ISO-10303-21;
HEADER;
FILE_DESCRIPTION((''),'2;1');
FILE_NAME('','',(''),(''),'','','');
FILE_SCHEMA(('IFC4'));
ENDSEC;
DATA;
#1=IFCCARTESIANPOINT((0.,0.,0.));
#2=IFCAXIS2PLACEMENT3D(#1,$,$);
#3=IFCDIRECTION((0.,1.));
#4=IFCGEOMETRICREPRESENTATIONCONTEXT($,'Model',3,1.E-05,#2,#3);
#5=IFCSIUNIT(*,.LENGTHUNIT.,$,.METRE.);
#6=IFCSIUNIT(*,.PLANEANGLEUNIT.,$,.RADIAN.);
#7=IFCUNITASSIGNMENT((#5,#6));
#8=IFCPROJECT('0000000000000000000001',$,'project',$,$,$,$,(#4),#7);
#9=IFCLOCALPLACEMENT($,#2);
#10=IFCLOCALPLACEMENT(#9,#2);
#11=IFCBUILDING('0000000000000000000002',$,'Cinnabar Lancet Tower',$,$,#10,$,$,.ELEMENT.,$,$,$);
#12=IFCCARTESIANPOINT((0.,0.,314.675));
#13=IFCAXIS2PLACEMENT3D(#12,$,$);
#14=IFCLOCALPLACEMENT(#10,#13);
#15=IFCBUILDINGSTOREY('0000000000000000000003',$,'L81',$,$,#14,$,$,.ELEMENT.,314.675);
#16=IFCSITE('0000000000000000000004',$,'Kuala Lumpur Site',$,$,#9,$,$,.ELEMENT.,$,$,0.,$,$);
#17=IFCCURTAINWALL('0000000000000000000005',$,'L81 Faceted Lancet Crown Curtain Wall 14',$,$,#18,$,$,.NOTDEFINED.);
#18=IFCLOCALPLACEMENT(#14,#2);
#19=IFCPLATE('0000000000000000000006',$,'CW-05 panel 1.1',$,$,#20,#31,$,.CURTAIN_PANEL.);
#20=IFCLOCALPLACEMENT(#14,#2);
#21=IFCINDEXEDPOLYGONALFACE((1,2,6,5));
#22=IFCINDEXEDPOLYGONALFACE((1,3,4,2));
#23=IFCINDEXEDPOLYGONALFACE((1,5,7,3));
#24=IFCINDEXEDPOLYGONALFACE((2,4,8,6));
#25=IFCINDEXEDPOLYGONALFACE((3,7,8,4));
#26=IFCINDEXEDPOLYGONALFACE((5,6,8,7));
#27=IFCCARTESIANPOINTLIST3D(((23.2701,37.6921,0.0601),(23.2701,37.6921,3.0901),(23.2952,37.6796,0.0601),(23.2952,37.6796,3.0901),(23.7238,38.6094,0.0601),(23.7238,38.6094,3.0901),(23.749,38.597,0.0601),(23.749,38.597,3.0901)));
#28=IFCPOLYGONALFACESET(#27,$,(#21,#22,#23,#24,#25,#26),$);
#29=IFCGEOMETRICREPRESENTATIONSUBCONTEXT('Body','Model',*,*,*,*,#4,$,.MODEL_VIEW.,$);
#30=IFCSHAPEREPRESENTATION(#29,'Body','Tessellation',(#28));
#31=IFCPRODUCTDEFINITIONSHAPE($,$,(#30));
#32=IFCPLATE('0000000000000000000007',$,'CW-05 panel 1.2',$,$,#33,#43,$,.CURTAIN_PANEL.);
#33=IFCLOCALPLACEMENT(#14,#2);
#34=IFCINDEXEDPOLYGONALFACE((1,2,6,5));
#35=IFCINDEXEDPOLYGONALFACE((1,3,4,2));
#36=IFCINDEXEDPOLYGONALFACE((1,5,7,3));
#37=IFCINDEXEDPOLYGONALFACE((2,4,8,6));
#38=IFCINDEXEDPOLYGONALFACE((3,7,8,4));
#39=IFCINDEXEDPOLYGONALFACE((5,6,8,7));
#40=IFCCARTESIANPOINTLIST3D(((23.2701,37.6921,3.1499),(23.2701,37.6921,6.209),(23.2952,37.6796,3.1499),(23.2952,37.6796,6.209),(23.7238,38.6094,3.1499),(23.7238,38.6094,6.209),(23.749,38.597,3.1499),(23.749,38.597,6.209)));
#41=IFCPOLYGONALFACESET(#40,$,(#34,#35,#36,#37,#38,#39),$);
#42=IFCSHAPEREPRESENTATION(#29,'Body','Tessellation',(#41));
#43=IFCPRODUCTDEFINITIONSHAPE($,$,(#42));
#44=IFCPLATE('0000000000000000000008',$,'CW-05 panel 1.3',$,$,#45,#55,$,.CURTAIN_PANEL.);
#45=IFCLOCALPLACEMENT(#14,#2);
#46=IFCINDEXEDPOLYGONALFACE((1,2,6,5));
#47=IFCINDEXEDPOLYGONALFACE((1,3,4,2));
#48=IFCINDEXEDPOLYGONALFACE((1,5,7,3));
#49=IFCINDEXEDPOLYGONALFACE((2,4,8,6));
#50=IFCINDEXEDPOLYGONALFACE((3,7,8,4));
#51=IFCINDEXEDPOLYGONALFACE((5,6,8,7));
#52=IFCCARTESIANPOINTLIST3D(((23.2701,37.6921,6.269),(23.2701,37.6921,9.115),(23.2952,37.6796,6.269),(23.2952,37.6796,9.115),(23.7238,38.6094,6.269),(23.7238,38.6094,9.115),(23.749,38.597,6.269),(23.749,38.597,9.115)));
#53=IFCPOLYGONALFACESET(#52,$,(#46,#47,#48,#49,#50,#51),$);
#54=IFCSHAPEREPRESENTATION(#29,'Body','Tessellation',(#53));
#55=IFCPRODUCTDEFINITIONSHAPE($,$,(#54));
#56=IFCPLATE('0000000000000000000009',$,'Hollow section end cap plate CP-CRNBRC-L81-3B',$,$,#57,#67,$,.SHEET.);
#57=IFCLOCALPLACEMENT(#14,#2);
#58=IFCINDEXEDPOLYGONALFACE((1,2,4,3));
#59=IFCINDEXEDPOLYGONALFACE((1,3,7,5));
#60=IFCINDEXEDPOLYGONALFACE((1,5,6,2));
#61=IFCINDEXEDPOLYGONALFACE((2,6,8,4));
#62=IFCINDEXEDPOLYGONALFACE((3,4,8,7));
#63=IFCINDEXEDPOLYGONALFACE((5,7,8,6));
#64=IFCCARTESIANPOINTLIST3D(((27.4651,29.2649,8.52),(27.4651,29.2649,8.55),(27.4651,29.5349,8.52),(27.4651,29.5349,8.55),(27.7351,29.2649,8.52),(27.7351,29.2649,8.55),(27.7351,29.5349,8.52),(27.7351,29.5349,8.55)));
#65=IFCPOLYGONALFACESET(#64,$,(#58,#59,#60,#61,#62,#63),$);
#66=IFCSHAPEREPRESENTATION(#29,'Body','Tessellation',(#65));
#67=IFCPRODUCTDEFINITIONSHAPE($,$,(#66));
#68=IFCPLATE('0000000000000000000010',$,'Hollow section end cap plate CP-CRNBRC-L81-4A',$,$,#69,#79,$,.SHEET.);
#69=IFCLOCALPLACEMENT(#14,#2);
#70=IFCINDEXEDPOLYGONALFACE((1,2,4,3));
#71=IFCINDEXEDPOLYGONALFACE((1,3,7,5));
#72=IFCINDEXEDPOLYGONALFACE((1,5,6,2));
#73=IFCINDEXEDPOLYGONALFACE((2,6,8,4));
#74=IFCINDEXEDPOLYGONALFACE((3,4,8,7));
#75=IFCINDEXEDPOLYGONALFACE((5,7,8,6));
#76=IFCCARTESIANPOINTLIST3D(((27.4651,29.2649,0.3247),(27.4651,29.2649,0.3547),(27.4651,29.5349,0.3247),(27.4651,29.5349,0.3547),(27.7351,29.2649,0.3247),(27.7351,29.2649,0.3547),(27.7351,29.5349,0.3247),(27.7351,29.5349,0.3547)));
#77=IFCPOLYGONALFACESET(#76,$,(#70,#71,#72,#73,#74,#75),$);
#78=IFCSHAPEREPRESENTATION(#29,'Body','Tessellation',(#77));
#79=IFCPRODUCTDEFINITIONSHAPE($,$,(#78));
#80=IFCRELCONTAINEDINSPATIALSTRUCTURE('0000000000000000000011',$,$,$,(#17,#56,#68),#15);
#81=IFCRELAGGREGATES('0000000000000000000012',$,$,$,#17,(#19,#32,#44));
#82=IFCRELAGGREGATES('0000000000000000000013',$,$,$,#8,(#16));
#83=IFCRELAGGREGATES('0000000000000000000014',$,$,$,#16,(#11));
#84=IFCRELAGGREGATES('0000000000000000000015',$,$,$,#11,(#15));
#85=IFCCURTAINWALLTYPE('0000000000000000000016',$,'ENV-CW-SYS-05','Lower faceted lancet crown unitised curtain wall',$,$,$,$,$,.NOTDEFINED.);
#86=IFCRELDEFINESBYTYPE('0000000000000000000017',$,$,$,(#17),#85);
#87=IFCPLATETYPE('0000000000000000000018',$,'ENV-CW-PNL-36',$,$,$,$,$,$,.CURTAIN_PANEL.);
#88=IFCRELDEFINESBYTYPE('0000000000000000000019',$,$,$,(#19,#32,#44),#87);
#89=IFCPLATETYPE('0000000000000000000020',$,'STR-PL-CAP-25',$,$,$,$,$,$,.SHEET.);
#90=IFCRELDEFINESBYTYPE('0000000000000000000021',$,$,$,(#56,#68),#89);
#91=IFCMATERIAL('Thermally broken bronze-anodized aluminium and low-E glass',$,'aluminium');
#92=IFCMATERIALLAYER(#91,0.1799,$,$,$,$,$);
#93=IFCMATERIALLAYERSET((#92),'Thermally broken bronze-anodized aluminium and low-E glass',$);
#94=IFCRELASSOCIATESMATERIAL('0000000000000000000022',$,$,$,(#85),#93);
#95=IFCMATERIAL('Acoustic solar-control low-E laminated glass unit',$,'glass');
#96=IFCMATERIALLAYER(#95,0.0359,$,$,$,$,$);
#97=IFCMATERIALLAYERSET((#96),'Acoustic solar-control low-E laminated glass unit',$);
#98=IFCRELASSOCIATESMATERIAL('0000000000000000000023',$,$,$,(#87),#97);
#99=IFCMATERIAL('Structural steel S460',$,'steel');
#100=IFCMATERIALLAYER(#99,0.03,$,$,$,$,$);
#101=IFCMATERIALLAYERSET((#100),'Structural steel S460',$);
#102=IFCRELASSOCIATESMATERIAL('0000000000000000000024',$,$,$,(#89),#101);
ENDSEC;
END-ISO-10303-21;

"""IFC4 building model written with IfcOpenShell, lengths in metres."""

from ifc_helpers import new_model, si_unit, direction, frame, origin, origin_2d, place, context, subcontext, project, spatial, rectangle, extrude, material, layer, layer_set, type_object, element, aggregate, save


model = new_model("IFC4")

# Units and contexts
model_context = context("Model", 3, precision=1e-05, world=origin(), true_north=direction((0.0, 1.0)))
body_context = subcontext(model_context, "Body", "Model", "MODEL_VIEW")
ifc_project = project(units=[si_unit("LENGTHUNIT", "METRE"), si_unit("PLANEANGLEUNIT", "RADIAN")], contexts=[model_context])

# Site, building, storey
site_placement = place(None, origin())
site = spatial("IfcSite", under=ifc_project, at=site_placement, Name="Kuala Lumpur Site", CompositionType="ELEMENT", RefElevation=0.0)
building_placement = place(site_placement, origin())
building = spatial("IfcBuilding", under=site, at=building_placement, Name="Cinnabar Lancet Tower", CompositionType="ELEMENT")
storey_placement = place(building_placement, frame((0.0, 0.0, 314.675)))
storey = spatial("IfcBuildingStorey", under=building, at=storey_placement, Name="L81", CompositionType="ELEMENT", Elevation=314.675)

# Curtain wall
ifc_material_1 = material(Name="Thermally broken bronze-anodized aluminium and low-E glass", Category="aluminium")
ifc_layer_1 = layer(ifc_material_1, 0.1799)
ifc_layer_set_1 = layer_set([ifc_layer_1], Name="Thermally broken bronze-anodized aluminium and low-E glass")
curtain_wall_type = type_object("IfcCurtainWallType", Name="ENV-CW-SYS-05", Description="Lower faceted lancet crown unitised curtain wall", PredefinedType="NOTDEFINED", material=ifc_layer_set_1)
curtain_wall_1_placement = place(storey_placement, origin())
curtain_wall_1 = element("IfcCurtainWall", 1, at=curtain_wall_1_placement, inside=storey, type_object=curtain_wall_type, Name="L81 Faceted Lancet Crown Curtain Wall 14", PredefinedType="NOTDEFINED")

# Plates
ifc_material_2 = material(Name="Acoustic solar-control low-E laminated glass unit", Category="glass")
ifc_layer_2 = layer(ifc_material_2, 0.0359)
ifc_layer_set_2 = layer_set([ifc_layer_2], Name="Acoustic solar-control low-E laminated glass unit")
plate_type_1 = type_object("IfcPlateType", Name="ENV-CW-PNL-36", PredefinedType="CURTAIN_PANEL", material=ifc_layer_set_2)
plate_1_placement = place(storey_placement, frame((23.5095, 38.1445, 0.0601), z_axis=(0.0, 0.0, 1.0), x_axis=(-0.443362, -0.896343, 0.0)))
plate_1 = element("IfcPlate", 2, at=plate_1_placement, type_object=plate_type_1, Name="CW-05 panel 1.1", PredefinedType="CURTAIN_PANEL", context=body_context, shape_type="SweptSolid", body=[
    extrude(rectangle(XDim=1.0234, YDim=0.0281, at=origin_2d()), origin(), (0.0, 0.0, 1.0), 3.03),
])
plate_2_placement = place(storey_placement, frame((23.5095, 38.1445, 3.1499), z_axis=(0.0, 0.0, 1.0), x_axis=(-0.443362, -0.896343, 0.0)))
plate_2 = element("IfcPlate", 3, at=plate_2_placement, type_object=plate_type_1, Name="CW-05 panel 1.2", PredefinedType="CURTAIN_PANEL", context=body_context, shape_type="SweptSolid", body=[
    extrude(rectangle(XDim=1.0234, YDim=0.0281, at=origin_2d()), origin(), (0.0, 0.0, 1.0), 3.0591),
])
plate_3_placement = place(storey_placement, frame((23.5095, 38.1445, 6.269), z_axis=(0.0, 0.0, 1.0), x_axis=(-0.443362, -0.896343, 0.0)))
plate_3 = element("IfcPlate", 4, at=plate_3_placement, type_object=plate_type_1, Name="CW-05 panel 1.3", PredefinedType="CURTAIN_PANEL", context=body_context, shape_type="SweptSolid", body=[
    extrude(rectangle(XDim=1.0234, YDim=0.0281, at=origin_2d()), origin(), (0.0, 0.0, 1.0), 2.8459),
])
aggregate(curtain_wall_1, [plate_1, plate_2, plate_3])

# Plates
ifc_material_3 = material(Name="Structural steel S460", Category="steel")
ifc_layer_3 = layer(ifc_material_3, 0.03)
ifc_layer_set_3 = layer_set([ifc_layer_3], Name="Structural steel S460")
plate_type_2 = type_object("IfcPlateType", Name="STR-PL-CAP-25", PredefinedType="SHEET", material=ifc_layer_set_3)
for number, where, z_axis, x_axis, name in (
    (5, (27.6001, 29.3999, 8.52), (0.0, 0.0, 1.0), (-1.0, 0.0, 0.0), "Hollow section end cap plate CP-CRNBRC-L81-3B"),
    (6, (27.6001, 29.3999, 0.3247), (0.0, 0.0, 1.0), (0.0, 1.0, 0.0), "Hollow section end cap plate CP-CRNBRC-L81-4A"),
):
    element("IfcPlate", number, at=place(storey_placement, frame(where, z_axis=z_axis, x_axis=x_axis)), inside=storey, type_object=plate_type_2, Name=name, PredefinedType="SHEET", context=body_context, shape_type="SweptSolid", body=[
        extrude(rectangle(XDim=0.27, YDim=0.27, at=origin_2d()), origin(), (0.0, 0.0, 1.0), 0.03),
    ])

save(model, "model.ifc")
